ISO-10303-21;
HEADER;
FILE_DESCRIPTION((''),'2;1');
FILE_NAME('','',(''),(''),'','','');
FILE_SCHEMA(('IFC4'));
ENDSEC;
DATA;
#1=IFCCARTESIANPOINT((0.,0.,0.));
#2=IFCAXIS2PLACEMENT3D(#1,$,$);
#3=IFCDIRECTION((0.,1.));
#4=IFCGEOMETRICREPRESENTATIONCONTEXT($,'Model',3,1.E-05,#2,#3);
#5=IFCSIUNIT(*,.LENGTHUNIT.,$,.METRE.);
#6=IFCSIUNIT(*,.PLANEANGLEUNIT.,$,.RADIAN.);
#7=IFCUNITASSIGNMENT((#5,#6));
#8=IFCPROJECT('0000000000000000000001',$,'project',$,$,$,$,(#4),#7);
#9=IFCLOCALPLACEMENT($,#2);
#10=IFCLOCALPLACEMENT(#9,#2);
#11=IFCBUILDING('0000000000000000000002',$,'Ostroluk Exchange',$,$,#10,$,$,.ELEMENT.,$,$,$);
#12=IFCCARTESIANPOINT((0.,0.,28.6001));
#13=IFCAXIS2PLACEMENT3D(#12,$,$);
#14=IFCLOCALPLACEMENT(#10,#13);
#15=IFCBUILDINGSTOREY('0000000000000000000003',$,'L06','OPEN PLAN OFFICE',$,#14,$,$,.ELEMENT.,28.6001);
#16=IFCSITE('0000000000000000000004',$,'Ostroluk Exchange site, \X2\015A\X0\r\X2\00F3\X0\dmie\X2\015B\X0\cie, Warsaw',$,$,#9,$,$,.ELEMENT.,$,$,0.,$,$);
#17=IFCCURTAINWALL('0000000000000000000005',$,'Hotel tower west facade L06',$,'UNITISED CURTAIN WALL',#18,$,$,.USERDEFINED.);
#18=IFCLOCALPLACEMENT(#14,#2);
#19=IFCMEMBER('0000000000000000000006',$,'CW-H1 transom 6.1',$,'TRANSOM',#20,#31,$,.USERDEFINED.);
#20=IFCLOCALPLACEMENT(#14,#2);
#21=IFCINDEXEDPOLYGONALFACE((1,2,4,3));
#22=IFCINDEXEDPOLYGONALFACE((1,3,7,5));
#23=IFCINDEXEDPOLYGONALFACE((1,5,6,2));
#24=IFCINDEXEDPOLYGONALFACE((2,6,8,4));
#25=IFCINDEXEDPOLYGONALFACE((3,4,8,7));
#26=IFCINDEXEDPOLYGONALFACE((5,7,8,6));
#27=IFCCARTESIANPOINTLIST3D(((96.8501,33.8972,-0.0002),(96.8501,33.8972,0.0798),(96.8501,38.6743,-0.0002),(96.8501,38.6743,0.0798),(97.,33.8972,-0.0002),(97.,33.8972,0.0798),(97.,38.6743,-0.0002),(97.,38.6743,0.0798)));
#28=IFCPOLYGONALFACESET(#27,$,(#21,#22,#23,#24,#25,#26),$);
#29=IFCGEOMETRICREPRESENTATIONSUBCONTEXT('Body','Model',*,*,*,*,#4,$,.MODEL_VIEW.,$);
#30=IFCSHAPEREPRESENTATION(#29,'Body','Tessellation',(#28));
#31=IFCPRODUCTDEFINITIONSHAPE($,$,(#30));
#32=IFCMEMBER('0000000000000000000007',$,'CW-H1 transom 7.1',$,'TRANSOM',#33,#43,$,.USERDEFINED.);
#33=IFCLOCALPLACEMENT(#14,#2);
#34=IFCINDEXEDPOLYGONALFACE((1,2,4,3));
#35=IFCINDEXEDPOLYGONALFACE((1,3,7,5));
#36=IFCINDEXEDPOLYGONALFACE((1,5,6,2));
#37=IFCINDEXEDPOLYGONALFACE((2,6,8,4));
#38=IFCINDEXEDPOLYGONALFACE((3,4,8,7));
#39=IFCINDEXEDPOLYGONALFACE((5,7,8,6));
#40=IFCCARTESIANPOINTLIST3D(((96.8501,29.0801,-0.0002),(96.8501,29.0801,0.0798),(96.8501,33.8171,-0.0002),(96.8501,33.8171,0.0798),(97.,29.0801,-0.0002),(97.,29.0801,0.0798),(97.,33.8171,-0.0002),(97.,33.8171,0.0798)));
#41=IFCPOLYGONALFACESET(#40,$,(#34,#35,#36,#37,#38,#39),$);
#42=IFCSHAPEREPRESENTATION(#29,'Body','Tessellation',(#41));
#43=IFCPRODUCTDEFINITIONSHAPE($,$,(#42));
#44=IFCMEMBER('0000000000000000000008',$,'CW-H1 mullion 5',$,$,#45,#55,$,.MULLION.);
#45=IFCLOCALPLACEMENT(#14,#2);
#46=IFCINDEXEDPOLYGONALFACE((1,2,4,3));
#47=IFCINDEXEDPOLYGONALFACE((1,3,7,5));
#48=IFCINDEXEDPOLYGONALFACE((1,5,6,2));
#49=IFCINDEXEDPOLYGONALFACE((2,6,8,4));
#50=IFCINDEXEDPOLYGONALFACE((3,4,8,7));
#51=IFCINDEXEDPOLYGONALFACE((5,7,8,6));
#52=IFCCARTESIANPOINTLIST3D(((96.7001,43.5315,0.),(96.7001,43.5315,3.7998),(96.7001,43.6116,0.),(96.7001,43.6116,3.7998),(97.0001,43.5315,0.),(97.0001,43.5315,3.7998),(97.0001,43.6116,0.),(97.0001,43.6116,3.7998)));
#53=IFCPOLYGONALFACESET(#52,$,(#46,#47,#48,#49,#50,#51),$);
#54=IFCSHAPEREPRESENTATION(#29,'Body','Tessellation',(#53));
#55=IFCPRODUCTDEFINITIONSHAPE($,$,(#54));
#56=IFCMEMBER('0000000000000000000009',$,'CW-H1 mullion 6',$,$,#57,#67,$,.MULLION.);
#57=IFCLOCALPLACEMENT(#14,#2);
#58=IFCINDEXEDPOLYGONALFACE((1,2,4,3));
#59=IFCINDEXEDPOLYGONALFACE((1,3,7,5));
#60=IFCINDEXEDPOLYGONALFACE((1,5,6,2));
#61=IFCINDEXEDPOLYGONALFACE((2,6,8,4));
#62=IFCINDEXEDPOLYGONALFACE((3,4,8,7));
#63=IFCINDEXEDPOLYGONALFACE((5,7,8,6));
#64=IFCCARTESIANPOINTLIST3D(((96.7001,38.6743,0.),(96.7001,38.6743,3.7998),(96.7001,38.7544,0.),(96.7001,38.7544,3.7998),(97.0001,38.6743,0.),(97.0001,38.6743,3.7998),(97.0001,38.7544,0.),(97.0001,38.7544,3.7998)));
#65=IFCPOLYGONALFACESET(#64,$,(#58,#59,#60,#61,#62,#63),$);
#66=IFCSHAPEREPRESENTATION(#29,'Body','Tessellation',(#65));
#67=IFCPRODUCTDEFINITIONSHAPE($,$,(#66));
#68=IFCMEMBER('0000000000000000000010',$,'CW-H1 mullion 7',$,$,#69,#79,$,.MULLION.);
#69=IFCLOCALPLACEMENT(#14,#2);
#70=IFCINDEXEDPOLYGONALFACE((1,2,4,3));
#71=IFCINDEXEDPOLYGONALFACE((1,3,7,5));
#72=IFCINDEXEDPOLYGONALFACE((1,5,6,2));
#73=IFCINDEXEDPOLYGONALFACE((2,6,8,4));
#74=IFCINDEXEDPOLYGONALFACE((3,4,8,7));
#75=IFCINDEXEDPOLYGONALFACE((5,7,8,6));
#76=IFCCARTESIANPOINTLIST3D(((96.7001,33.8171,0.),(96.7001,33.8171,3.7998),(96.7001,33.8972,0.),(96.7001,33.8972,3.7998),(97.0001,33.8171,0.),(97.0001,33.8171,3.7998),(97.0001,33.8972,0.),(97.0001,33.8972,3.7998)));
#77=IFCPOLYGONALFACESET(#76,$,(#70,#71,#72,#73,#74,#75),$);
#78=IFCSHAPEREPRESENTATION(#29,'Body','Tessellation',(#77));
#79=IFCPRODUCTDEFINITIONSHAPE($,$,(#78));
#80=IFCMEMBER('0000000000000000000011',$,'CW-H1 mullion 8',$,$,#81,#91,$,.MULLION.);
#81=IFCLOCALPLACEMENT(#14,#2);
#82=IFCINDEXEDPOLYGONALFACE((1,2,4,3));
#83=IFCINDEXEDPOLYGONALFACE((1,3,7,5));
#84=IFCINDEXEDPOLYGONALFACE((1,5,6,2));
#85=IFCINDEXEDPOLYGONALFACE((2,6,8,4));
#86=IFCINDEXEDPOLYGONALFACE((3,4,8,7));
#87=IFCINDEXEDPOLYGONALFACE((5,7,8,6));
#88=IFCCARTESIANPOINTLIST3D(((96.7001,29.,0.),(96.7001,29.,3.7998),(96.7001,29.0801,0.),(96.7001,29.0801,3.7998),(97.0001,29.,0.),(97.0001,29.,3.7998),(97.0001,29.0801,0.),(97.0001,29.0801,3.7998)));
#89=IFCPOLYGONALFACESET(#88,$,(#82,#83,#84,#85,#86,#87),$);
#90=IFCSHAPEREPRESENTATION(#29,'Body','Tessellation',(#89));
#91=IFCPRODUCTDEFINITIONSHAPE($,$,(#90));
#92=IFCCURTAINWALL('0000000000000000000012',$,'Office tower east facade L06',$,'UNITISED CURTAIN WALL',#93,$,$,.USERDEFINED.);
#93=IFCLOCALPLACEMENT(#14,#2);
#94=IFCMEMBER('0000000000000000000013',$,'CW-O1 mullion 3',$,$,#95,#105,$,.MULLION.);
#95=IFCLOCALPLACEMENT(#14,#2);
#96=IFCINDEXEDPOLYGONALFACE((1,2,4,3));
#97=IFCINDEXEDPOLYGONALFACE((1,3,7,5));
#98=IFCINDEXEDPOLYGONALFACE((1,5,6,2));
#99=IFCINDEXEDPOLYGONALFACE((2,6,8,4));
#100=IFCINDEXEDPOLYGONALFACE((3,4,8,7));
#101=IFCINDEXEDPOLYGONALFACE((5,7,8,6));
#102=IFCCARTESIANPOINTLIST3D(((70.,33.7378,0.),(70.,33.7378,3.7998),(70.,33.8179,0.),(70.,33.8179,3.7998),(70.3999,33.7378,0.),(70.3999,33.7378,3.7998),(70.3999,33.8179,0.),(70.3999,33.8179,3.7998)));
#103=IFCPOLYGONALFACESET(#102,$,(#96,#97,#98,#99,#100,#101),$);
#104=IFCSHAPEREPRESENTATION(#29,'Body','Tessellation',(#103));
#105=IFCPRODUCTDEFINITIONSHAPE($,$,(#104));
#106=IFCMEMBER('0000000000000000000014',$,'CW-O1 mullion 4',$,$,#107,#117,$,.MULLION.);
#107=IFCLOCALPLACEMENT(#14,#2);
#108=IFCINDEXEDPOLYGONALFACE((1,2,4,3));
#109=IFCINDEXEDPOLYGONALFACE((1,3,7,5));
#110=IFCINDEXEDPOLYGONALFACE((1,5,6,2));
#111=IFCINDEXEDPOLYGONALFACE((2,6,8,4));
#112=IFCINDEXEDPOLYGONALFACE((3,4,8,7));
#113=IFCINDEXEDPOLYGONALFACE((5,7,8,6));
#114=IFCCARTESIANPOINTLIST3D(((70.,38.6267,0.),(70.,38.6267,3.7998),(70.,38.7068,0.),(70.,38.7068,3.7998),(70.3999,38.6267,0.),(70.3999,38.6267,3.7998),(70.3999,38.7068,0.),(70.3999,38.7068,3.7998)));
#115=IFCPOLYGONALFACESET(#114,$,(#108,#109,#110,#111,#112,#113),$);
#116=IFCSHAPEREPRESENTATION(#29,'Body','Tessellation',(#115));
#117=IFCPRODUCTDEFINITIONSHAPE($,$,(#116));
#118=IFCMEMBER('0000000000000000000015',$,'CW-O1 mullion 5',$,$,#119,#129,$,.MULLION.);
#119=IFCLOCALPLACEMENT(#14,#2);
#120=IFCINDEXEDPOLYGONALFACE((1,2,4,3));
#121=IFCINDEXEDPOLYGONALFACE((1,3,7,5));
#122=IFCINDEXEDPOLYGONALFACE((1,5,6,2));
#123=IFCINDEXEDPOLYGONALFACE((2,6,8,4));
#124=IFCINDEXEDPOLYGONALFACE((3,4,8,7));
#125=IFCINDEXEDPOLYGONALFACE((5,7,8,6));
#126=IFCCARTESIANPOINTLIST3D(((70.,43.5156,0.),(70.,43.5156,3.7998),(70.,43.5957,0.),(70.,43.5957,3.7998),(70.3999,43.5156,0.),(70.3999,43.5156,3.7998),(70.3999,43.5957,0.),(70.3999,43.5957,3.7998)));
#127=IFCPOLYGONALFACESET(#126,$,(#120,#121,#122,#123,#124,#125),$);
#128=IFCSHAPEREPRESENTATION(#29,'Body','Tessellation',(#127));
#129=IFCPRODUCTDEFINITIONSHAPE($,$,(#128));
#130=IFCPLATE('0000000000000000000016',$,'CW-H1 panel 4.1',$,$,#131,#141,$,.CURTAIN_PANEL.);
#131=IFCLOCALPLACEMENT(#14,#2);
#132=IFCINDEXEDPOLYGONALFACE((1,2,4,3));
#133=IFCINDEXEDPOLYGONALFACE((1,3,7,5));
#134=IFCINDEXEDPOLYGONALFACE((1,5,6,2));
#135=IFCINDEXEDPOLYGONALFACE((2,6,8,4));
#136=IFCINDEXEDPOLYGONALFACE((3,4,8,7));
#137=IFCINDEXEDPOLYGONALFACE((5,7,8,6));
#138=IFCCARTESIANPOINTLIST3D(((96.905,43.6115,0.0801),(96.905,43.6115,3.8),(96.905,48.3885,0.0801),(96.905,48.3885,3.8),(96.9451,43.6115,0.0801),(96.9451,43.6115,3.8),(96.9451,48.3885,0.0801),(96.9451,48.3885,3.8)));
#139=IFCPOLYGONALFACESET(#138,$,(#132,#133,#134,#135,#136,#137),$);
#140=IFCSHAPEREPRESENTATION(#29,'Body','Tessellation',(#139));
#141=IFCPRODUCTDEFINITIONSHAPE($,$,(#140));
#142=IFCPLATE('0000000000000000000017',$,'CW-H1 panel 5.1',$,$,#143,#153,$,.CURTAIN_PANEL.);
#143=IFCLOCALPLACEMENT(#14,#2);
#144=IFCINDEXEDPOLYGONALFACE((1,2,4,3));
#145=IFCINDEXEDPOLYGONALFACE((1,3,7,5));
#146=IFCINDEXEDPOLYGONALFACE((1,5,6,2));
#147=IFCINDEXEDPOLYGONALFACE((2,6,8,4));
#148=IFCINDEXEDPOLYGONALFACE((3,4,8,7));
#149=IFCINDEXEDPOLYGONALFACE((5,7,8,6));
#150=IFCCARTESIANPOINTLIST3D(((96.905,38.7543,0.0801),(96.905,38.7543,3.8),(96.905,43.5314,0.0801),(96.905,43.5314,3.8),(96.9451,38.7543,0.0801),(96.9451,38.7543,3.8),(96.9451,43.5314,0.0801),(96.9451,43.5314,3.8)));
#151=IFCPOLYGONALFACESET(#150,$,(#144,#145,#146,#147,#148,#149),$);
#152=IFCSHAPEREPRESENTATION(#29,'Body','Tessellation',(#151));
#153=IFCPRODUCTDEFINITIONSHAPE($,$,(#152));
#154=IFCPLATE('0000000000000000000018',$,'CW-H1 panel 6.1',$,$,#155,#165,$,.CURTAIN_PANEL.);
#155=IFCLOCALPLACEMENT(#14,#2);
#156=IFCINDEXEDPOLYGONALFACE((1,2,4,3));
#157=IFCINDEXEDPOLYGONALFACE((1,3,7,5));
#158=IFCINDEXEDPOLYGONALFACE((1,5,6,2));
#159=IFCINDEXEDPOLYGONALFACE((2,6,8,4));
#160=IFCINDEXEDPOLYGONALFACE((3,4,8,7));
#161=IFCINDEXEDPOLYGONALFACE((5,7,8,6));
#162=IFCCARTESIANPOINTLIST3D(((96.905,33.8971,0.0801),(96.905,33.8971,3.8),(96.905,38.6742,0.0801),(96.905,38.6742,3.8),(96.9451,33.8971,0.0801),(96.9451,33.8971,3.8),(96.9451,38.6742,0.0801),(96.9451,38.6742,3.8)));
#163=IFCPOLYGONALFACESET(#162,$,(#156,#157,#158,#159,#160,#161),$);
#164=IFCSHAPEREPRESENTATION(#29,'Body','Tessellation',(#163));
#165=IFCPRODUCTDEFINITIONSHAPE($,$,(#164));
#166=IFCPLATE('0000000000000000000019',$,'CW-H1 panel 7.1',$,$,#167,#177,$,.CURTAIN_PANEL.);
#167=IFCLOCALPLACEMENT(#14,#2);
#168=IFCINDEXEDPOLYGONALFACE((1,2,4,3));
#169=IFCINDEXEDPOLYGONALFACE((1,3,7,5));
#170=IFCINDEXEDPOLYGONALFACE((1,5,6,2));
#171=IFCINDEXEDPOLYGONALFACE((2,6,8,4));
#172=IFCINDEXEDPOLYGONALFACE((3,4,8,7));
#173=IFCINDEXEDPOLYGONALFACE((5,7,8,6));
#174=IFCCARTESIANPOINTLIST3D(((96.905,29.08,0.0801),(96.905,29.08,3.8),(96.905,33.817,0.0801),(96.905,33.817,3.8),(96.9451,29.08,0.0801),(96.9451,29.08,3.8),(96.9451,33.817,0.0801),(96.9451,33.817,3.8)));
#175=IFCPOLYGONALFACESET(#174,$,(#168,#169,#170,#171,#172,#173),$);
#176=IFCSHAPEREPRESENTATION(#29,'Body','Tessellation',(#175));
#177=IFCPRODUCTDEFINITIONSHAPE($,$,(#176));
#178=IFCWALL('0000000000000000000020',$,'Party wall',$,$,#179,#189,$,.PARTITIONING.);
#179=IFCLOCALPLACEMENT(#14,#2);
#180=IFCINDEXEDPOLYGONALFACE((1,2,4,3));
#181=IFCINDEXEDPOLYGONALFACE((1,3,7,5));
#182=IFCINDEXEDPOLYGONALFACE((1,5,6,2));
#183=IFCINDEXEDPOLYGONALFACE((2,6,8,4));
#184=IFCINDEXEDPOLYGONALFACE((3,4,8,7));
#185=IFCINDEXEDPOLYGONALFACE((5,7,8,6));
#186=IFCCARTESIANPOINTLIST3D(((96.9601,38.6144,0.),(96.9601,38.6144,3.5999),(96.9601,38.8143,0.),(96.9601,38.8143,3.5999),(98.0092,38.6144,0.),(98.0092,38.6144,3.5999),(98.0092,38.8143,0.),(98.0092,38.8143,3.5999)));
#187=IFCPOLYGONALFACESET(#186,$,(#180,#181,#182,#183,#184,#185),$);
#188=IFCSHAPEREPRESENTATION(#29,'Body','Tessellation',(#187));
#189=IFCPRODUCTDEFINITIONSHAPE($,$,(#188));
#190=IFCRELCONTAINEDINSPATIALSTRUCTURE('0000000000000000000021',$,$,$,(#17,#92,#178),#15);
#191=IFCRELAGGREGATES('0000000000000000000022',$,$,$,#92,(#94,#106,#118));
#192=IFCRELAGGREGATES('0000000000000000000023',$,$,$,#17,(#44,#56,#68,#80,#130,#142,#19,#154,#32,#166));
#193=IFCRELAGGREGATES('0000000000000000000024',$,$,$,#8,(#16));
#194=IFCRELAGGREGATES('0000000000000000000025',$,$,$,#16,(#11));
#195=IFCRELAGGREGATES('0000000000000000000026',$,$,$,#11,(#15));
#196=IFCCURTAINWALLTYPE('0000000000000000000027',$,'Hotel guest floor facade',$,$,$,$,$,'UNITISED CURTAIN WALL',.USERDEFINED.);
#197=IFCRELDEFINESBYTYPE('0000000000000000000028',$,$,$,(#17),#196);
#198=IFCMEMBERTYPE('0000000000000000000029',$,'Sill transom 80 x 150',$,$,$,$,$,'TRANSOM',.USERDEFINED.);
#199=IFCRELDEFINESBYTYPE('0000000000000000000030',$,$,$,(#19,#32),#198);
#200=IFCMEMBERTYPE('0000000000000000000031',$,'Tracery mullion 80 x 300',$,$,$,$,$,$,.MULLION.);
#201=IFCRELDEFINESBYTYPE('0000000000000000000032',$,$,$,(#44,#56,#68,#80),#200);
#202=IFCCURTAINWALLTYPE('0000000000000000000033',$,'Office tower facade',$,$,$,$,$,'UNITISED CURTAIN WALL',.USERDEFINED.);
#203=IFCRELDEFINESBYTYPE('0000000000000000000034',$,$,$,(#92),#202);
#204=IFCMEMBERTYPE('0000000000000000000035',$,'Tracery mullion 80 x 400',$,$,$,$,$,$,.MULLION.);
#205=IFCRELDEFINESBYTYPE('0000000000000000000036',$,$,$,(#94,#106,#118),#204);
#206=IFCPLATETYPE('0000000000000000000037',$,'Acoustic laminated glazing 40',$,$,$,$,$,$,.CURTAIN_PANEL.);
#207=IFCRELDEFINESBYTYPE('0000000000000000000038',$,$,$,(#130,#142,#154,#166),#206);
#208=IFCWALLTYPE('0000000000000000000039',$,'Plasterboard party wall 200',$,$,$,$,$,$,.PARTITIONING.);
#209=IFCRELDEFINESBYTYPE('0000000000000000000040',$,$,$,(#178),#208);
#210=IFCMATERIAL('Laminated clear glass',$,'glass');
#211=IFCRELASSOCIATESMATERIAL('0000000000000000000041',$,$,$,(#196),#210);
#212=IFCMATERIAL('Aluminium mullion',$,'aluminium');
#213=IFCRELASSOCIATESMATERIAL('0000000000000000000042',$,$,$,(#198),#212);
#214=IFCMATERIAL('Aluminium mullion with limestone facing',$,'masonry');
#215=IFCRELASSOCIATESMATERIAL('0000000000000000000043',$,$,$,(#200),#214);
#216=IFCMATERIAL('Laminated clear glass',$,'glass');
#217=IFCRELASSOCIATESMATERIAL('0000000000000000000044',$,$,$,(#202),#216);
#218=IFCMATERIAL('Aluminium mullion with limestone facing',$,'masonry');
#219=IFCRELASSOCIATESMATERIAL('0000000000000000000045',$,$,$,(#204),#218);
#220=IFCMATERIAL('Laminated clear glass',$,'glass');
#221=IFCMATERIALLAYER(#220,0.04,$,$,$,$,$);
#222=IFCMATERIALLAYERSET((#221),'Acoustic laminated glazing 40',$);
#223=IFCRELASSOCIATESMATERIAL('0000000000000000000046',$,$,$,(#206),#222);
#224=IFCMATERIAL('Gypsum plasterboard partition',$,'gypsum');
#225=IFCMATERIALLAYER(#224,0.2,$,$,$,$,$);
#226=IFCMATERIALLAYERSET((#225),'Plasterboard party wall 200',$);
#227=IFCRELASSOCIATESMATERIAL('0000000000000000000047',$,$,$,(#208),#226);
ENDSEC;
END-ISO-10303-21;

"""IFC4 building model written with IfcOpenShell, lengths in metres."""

from ifc_helpers import new_model, si_unit, direction, frame, frame_2d, origin, origin_2d, place, context, subcontext, project, spatial, rectangle, extrude, material, layer, layer_set, material_profile, profile_set, type_object, element, aggregate, save


model = new_model("IFC4")

# Units and contexts
model_context = context("Model", 3, precision=1e-05, world=origin(), true_north=direction((0.0, 1.0)))
body_context = subcontext(model_context, "Body", "Model", "MODEL_VIEW")
ifc_project = project(units=[si_unit("LENGTHUNIT", "METRE"), si_unit("PLANEANGLEUNIT", "RADIAN")], contexts=[model_context])

# Site, building, storey
site_placement = place(None, origin())
site = spatial("IfcSite", under=ifc_project, at=site_placement, Name="Ostroluk Exchange site, Śródmieście, Warsaw", CompositionType="ELEMENT", RefElevation=0.0)
building_placement = place(site_placement, origin())
building = spatial("IfcBuilding", under=site, at=building_placement, Name="Ostroluk Exchange", CompositionType="ELEMENT")
storey_placement = place(building_placement, frame((0.0, 0.0, 28.6001)))
storey = spatial("IfcBuildingStorey", under=building, at=storey_placement, Name="L06", Description="OPEN PLAN OFFICE", CompositionType="ELEMENT", Elevation=28.6001)

# Curtain walls, members
ifc_material_1 = material(Name="Laminated clear glass", Category="glass")
curtain_wall_type_1 = type_object("IfcCurtainWallType", Name="Hotel guest floor facade", ElementType="UNITISED CURTAIN WALL", PredefinedType="USERDEFINED", material=ifc_material_1)
curtain_wall_1_placement = place(storey_placement, origin())
curtain_wall_1 = element("IfcCurtainWall", 1, at=curtain_wall_1_placement, inside=storey, type_object=curtain_wall_type_1, Name="Hotel tower west facade L06", ObjectType="UNITISED CURTAIN WALL", PredefinedType="USERDEFINED")
ifc_material_2 = material(Name="Aluminium mullion", Category="aluminium")
ifc_material_profile_1 = material_profile(ifc_material_2, rectangle(XDim=0.1499, YDim=0.0801, at=origin_2d()), Name="Sill transom 80 x 150")
ifc_profile_set_1 = profile_set([ifc_material_profile_1], Name="Aluminium mullion")
member_type_1 = type_object("IfcMemberType", Name="Sill transom 80 x 150", ElementType="TRANSOM", PredefinedType="USERDEFINED", material=ifc_profile_set_1)
member_1_placement = place(storey_placement, frame((96.925, 38.6743, 0.0398), z_axis=(0.0, -1.0, 0.0), x_axis=(1.0, 0.0, 0.0)))
member_1 = element("IfcMember", 2, at=member_1_placement, type_object=member_type_1, Name="CW-H1 transom 6.1", ObjectType="TRANSOM", PredefinedType="USERDEFINED", context=body_context, shape_type="SweptSolid", body=[
    extrude(rectangle(XDim=0.1499, YDim=0.0801, at=origin_2d()), origin(), (0.0, 0.0, 1.0), 4.7771),
])
member_2_placement = place(storey_placement, frame((96.925, 33.8171, 0.0398), z_axis=(0.0, -1.0, 0.0), x_axis=(1.0, 0.0, 0.0)))
member_2 = element("IfcMember", 3, at=member_2_placement, type_object=member_type_1, Name="CW-H1 transom 7.1", ObjectType="TRANSOM", PredefinedType="USERDEFINED", context=body_context, shape_type="SweptSolid", body=[
    extrude(rectangle(XDim=0.1499, YDim=0.0801, at=origin_2d()), origin(), (0.0, 0.0, 1.0), 4.7371),
])
ifc_material_3 = material(Name="Aluminium mullion with limestone facing", Category="masonry")
ifc_material_profile_2 = material_profile(ifc_material_3, rectangle(XDim=0.3, YDim=0.0801, at=origin_2d()), Name="Tracery mullion 80 x 300")
ifc_profile_set_2 = profile_set([ifc_material_profile_2], Name="Aluminium mullion with limestone facing")
member_type_2 = type_object("IfcMemberType", Name="Tracery mullion 80 x 300", PredefinedType="MULLION", material=ifc_profile_set_2)
member_3_placement = place(storey_placement, frame((96.8501, 43.5715, 0.0), z_axis=(0.0, 0.0, 1.0), x_axis=(1.0, 0.0, 0.0)))
member_3 = element("IfcMember", 4, at=member_3_placement, type_object=member_type_2, Name="CW-H1 mullion 5", PredefinedType="MULLION", context=body_context, shape_type="SweptSolid", body=[
    extrude(rectangle(XDim=0.3, YDim=0.0801, at=origin_2d()), origin(), (0.0, 0.0, 1.0), 3.7998),
])
member_4_placement = place(storey_placement, frame((96.8501, 38.7144, 0.0), z_axis=(0.0, 0.0, 1.0), x_axis=(1.0, 0.0, 0.0)))
member_4 = element("IfcMember", 5, at=member_4_placement, type_object=member_type_2, Name="CW-H1 mullion 6", PredefinedType="MULLION", context=body_context, shape_type="SweptSolid", body=[
    extrude(rectangle(XDim=0.3, YDim=0.0801, at=origin_2d()), origin(), (0.0, 0.0, 1.0), 3.7998),
])
member_5_placement = place(storey_placement, frame((96.8501, 33.8572, 0.0), z_axis=(0.0, 0.0, 1.0), x_axis=(1.0, 0.0, 0.0)))
member_5 = element("IfcMember", 6, at=member_5_placement, type_object=member_type_2, Name="CW-H1 mullion 7", PredefinedType="MULLION", context=body_context, shape_type="SweptSolid", body=[
    extrude(rectangle(XDim=0.3, YDim=0.0801, at=origin_2d()), origin(), (0.0, 0.0, 1.0), 3.7998),
])
member_6_placement = place(storey_placement, frame((96.8501, 29.04, 0.0), z_axis=(0.0, 0.0, 1.0), x_axis=(1.0, 0.0, 0.0)))
member_6 = element("IfcMember", 7, at=member_6_placement, type_object=member_type_2, Name="CW-H1 mullion 8", PredefinedType="MULLION", context=body_context, shape_type="SweptSolid", body=[
    extrude(rectangle(XDim=0.3, YDim=0.0801, at=origin_2d()), origin(), (0.0, 0.0, 1.0), 3.7998),
])
ifc_material_4 = material(Name="Laminated clear glass", Category="glass")
curtain_wall_type_2 = type_object("IfcCurtainWallType", Name="Office tower facade", ElementType="UNITISED CURTAIN WALL", PredefinedType="USERDEFINED", material=ifc_material_4)
curtain_wall_2_placement = place(storey_placement, origin())
curtain_wall_2 = element("IfcCurtainWall", 8, at=curtain_wall_2_placement, inside=storey, type_object=curtain_wall_type_2, Name="Office tower east facade L06", ObjectType="UNITISED CURTAIN WALL", PredefinedType="USERDEFINED")
ifc_material_5 = material(Name="Aluminium mullion with limestone facing", Category="masonry")
ifc_material_profile_3 = material_profile(ifc_material_5, rectangle(XDim=0.3999, YDim=0.0801, at=origin_2d()), Name="Tracery mullion 80 x 400")
ifc_profile_set_3 = profile_set([ifc_material_profile_3], Name="Aluminium mullion with limestone facing")
member_type_3 = type_object("IfcMemberType", Name="Tracery mullion 80 x 400", PredefinedType="MULLION", material=ifc_profile_set_3)
member_7_placement = place(storey_placement, frame((70.2, 33.7778, 0.0), z_axis=(0.0, 0.0, 1.0), x_axis=(-1.0, 0.0, 0.0)))
member_7 = element("IfcMember", 9, at=member_7_placement, type_object=member_type_3, Name="CW-O1 mullion 3", PredefinedType="MULLION", context=body_context, shape_type="SweptSolid", body=[
    extrude(rectangle(XDim=0.3999, YDim=0.0801, at=origin_2d()), origin(), (0.0, 0.0, 1.0), 3.7998),
])
member_8_placement = place(storey_placement, frame((70.2, 38.6667, 0.0), z_axis=(0.0, 0.0, 1.0), x_axis=(-1.0, 0.0, 0.0)))
member_8 = element("IfcMember", 10, at=member_8_placement, type_object=member_type_3, Name="CW-O1 mullion 4", PredefinedType="MULLION", context=body_context, shape_type="SweptSolid", body=[
    extrude(rectangle(XDim=0.3999, YDim=0.0801, at=origin_2d()), origin(), (0.0, 0.0, 1.0), 3.7998),
])
member_9_placement = place(storey_placement, frame((70.2, 43.5557, 0.0), z_axis=(0.0, 0.0, 1.0), x_axis=(-1.0, 0.0, 0.0)))
member_9 = element("IfcMember", 11, at=member_9_placement, type_object=member_type_3, Name="CW-O1 mullion 5", PredefinedType="MULLION", context=body_context, shape_type="SweptSolid", body=[
    extrude(rectangle(XDim=0.3999, YDim=0.0801, at=origin_2d()), origin(), (0.0, 0.0, 1.0), 3.7998),
])
aggregate(curtain_wall_2, [member_7, member_8, member_9])

# Plates
ifc_material_6 = material(Name="Laminated clear glass", Category="glass")
ifc_layer_1 = layer(ifc_material_6, 0.04)
ifc_layer_set_1 = layer_set([ifc_layer_1], Name="Acoustic laminated glazing 40")
plate_type = type_object("IfcPlateType", Name="Acoustic laminated glazing 40", PredefinedType="CURTAIN_PANEL", material=ifc_layer_set_1)
plate_1_placement = place(storey_placement, frame((96.925, 46.0, 0.0801), z_axis=(0.0, 0.0, 1.0), x_axis=(0.0, -1.0, 0.0)))
plate_1 = element("IfcPlate", 12, at=plate_1_placement, type_object=plate_type, Name="CW-H1 panel 4.1", PredefinedType="CURTAIN_PANEL", context=body_context, shape_type="SweptSolid", body=[
    extrude(rectangle(XDim=4.7771, YDim=0.04, at=origin_2d()), origin(), (0.0, 0.0, 1.0), 3.72),
])
plate_2_placement = place(storey_placement, frame((96.925, 41.1428, 0.0801), z_axis=(0.0, 0.0, 1.0), x_axis=(0.0, -1.0, 0.0)))
plate_2 = element("IfcPlate", 13, at=plate_2_placement, type_object=plate_type, Name="CW-H1 panel 5.1", PredefinedType="CURTAIN_PANEL", context=body_context, shape_type="SweptSolid", body=[
    extrude(rectangle(XDim=4.7771, YDim=0.04, at=origin_2d()), origin(), (0.0, 0.0, 1.0), 3.72),
])
plate_3_placement = place(storey_placement, frame((96.925, 36.2856, 0.0801), z_axis=(0.0, 0.0, 1.0), x_axis=(0.0, -1.0, 0.0)))
plate_3 = element("IfcPlate", 14, at=plate_3_placement, type_object=plate_type, Name="CW-H1 panel 6.1", PredefinedType="CURTAIN_PANEL", context=body_context, shape_type="SweptSolid", body=[
    extrude(rectangle(XDim=4.7771, YDim=0.04, at=origin_2d()), origin(), (0.0, 0.0, 1.0), 3.72),
])
plate_4_placement = place(storey_placement, frame((96.925, 31.4485, 0.0801), z_axis=(0.0, 0.0, 1.0), x_axis=(0.0, -1.0, 0.0)))
plate_4 = element("IfcPlate", 15, at=plate_4_placement, type_object=plate_type, Name="CW-H1 panel 7.1", PredefinedType="CURTAIN_PANEL", context=body_context, shape_type="SweptSolid", body=[
    extrude(rectangle(XDim=4.7371, YDim=0.04, at=origin_2d()), origin(), (0.0, 0.0, 1.0), 3.72),
])
aggregate(curtain_wall_1, [member_3, member_4, member_5, member_6, plate_1, plate_2, member_1, plate_3, member_2, plate_4])

# Wall
ifc_material_7 = material(Name="Gypsum plasterboard partition", Category="gypsum")
ifc_layer_2 = layer(ifc_material_7, 0.2)
ifc_layer_set_2 = layer_set([ifc_layer_2], Name="Plasterboard party wall 200")
wall_type = type_object("IfcWallType", Name="Plasterboard party wall 200", PredefinedType="PARTITIONING", material=ifc_layer_set_2)
wall_placement = place(storey_placement, frame((98.009, 38.7144, 0.0), z_axis=(0.0, 0.0, 1.0), x_axis=(-1.0, 0.0, 0.0)))
element("IfcWall", 16, at=wall_placement, inside=storey, type_object=wall_type, Name="Party wall", PredefinedType="PARTITIONING", context=body_context, shape_type="SweptSolid", body=[
    extrude(rectangle(XDim=1.0491, YDim=0.2, at=frame_2d((0.5244, 0.0))), origin(), (0.0, 0.0, 1.0), 3.5999),
])

save(model, "model.ifc")
